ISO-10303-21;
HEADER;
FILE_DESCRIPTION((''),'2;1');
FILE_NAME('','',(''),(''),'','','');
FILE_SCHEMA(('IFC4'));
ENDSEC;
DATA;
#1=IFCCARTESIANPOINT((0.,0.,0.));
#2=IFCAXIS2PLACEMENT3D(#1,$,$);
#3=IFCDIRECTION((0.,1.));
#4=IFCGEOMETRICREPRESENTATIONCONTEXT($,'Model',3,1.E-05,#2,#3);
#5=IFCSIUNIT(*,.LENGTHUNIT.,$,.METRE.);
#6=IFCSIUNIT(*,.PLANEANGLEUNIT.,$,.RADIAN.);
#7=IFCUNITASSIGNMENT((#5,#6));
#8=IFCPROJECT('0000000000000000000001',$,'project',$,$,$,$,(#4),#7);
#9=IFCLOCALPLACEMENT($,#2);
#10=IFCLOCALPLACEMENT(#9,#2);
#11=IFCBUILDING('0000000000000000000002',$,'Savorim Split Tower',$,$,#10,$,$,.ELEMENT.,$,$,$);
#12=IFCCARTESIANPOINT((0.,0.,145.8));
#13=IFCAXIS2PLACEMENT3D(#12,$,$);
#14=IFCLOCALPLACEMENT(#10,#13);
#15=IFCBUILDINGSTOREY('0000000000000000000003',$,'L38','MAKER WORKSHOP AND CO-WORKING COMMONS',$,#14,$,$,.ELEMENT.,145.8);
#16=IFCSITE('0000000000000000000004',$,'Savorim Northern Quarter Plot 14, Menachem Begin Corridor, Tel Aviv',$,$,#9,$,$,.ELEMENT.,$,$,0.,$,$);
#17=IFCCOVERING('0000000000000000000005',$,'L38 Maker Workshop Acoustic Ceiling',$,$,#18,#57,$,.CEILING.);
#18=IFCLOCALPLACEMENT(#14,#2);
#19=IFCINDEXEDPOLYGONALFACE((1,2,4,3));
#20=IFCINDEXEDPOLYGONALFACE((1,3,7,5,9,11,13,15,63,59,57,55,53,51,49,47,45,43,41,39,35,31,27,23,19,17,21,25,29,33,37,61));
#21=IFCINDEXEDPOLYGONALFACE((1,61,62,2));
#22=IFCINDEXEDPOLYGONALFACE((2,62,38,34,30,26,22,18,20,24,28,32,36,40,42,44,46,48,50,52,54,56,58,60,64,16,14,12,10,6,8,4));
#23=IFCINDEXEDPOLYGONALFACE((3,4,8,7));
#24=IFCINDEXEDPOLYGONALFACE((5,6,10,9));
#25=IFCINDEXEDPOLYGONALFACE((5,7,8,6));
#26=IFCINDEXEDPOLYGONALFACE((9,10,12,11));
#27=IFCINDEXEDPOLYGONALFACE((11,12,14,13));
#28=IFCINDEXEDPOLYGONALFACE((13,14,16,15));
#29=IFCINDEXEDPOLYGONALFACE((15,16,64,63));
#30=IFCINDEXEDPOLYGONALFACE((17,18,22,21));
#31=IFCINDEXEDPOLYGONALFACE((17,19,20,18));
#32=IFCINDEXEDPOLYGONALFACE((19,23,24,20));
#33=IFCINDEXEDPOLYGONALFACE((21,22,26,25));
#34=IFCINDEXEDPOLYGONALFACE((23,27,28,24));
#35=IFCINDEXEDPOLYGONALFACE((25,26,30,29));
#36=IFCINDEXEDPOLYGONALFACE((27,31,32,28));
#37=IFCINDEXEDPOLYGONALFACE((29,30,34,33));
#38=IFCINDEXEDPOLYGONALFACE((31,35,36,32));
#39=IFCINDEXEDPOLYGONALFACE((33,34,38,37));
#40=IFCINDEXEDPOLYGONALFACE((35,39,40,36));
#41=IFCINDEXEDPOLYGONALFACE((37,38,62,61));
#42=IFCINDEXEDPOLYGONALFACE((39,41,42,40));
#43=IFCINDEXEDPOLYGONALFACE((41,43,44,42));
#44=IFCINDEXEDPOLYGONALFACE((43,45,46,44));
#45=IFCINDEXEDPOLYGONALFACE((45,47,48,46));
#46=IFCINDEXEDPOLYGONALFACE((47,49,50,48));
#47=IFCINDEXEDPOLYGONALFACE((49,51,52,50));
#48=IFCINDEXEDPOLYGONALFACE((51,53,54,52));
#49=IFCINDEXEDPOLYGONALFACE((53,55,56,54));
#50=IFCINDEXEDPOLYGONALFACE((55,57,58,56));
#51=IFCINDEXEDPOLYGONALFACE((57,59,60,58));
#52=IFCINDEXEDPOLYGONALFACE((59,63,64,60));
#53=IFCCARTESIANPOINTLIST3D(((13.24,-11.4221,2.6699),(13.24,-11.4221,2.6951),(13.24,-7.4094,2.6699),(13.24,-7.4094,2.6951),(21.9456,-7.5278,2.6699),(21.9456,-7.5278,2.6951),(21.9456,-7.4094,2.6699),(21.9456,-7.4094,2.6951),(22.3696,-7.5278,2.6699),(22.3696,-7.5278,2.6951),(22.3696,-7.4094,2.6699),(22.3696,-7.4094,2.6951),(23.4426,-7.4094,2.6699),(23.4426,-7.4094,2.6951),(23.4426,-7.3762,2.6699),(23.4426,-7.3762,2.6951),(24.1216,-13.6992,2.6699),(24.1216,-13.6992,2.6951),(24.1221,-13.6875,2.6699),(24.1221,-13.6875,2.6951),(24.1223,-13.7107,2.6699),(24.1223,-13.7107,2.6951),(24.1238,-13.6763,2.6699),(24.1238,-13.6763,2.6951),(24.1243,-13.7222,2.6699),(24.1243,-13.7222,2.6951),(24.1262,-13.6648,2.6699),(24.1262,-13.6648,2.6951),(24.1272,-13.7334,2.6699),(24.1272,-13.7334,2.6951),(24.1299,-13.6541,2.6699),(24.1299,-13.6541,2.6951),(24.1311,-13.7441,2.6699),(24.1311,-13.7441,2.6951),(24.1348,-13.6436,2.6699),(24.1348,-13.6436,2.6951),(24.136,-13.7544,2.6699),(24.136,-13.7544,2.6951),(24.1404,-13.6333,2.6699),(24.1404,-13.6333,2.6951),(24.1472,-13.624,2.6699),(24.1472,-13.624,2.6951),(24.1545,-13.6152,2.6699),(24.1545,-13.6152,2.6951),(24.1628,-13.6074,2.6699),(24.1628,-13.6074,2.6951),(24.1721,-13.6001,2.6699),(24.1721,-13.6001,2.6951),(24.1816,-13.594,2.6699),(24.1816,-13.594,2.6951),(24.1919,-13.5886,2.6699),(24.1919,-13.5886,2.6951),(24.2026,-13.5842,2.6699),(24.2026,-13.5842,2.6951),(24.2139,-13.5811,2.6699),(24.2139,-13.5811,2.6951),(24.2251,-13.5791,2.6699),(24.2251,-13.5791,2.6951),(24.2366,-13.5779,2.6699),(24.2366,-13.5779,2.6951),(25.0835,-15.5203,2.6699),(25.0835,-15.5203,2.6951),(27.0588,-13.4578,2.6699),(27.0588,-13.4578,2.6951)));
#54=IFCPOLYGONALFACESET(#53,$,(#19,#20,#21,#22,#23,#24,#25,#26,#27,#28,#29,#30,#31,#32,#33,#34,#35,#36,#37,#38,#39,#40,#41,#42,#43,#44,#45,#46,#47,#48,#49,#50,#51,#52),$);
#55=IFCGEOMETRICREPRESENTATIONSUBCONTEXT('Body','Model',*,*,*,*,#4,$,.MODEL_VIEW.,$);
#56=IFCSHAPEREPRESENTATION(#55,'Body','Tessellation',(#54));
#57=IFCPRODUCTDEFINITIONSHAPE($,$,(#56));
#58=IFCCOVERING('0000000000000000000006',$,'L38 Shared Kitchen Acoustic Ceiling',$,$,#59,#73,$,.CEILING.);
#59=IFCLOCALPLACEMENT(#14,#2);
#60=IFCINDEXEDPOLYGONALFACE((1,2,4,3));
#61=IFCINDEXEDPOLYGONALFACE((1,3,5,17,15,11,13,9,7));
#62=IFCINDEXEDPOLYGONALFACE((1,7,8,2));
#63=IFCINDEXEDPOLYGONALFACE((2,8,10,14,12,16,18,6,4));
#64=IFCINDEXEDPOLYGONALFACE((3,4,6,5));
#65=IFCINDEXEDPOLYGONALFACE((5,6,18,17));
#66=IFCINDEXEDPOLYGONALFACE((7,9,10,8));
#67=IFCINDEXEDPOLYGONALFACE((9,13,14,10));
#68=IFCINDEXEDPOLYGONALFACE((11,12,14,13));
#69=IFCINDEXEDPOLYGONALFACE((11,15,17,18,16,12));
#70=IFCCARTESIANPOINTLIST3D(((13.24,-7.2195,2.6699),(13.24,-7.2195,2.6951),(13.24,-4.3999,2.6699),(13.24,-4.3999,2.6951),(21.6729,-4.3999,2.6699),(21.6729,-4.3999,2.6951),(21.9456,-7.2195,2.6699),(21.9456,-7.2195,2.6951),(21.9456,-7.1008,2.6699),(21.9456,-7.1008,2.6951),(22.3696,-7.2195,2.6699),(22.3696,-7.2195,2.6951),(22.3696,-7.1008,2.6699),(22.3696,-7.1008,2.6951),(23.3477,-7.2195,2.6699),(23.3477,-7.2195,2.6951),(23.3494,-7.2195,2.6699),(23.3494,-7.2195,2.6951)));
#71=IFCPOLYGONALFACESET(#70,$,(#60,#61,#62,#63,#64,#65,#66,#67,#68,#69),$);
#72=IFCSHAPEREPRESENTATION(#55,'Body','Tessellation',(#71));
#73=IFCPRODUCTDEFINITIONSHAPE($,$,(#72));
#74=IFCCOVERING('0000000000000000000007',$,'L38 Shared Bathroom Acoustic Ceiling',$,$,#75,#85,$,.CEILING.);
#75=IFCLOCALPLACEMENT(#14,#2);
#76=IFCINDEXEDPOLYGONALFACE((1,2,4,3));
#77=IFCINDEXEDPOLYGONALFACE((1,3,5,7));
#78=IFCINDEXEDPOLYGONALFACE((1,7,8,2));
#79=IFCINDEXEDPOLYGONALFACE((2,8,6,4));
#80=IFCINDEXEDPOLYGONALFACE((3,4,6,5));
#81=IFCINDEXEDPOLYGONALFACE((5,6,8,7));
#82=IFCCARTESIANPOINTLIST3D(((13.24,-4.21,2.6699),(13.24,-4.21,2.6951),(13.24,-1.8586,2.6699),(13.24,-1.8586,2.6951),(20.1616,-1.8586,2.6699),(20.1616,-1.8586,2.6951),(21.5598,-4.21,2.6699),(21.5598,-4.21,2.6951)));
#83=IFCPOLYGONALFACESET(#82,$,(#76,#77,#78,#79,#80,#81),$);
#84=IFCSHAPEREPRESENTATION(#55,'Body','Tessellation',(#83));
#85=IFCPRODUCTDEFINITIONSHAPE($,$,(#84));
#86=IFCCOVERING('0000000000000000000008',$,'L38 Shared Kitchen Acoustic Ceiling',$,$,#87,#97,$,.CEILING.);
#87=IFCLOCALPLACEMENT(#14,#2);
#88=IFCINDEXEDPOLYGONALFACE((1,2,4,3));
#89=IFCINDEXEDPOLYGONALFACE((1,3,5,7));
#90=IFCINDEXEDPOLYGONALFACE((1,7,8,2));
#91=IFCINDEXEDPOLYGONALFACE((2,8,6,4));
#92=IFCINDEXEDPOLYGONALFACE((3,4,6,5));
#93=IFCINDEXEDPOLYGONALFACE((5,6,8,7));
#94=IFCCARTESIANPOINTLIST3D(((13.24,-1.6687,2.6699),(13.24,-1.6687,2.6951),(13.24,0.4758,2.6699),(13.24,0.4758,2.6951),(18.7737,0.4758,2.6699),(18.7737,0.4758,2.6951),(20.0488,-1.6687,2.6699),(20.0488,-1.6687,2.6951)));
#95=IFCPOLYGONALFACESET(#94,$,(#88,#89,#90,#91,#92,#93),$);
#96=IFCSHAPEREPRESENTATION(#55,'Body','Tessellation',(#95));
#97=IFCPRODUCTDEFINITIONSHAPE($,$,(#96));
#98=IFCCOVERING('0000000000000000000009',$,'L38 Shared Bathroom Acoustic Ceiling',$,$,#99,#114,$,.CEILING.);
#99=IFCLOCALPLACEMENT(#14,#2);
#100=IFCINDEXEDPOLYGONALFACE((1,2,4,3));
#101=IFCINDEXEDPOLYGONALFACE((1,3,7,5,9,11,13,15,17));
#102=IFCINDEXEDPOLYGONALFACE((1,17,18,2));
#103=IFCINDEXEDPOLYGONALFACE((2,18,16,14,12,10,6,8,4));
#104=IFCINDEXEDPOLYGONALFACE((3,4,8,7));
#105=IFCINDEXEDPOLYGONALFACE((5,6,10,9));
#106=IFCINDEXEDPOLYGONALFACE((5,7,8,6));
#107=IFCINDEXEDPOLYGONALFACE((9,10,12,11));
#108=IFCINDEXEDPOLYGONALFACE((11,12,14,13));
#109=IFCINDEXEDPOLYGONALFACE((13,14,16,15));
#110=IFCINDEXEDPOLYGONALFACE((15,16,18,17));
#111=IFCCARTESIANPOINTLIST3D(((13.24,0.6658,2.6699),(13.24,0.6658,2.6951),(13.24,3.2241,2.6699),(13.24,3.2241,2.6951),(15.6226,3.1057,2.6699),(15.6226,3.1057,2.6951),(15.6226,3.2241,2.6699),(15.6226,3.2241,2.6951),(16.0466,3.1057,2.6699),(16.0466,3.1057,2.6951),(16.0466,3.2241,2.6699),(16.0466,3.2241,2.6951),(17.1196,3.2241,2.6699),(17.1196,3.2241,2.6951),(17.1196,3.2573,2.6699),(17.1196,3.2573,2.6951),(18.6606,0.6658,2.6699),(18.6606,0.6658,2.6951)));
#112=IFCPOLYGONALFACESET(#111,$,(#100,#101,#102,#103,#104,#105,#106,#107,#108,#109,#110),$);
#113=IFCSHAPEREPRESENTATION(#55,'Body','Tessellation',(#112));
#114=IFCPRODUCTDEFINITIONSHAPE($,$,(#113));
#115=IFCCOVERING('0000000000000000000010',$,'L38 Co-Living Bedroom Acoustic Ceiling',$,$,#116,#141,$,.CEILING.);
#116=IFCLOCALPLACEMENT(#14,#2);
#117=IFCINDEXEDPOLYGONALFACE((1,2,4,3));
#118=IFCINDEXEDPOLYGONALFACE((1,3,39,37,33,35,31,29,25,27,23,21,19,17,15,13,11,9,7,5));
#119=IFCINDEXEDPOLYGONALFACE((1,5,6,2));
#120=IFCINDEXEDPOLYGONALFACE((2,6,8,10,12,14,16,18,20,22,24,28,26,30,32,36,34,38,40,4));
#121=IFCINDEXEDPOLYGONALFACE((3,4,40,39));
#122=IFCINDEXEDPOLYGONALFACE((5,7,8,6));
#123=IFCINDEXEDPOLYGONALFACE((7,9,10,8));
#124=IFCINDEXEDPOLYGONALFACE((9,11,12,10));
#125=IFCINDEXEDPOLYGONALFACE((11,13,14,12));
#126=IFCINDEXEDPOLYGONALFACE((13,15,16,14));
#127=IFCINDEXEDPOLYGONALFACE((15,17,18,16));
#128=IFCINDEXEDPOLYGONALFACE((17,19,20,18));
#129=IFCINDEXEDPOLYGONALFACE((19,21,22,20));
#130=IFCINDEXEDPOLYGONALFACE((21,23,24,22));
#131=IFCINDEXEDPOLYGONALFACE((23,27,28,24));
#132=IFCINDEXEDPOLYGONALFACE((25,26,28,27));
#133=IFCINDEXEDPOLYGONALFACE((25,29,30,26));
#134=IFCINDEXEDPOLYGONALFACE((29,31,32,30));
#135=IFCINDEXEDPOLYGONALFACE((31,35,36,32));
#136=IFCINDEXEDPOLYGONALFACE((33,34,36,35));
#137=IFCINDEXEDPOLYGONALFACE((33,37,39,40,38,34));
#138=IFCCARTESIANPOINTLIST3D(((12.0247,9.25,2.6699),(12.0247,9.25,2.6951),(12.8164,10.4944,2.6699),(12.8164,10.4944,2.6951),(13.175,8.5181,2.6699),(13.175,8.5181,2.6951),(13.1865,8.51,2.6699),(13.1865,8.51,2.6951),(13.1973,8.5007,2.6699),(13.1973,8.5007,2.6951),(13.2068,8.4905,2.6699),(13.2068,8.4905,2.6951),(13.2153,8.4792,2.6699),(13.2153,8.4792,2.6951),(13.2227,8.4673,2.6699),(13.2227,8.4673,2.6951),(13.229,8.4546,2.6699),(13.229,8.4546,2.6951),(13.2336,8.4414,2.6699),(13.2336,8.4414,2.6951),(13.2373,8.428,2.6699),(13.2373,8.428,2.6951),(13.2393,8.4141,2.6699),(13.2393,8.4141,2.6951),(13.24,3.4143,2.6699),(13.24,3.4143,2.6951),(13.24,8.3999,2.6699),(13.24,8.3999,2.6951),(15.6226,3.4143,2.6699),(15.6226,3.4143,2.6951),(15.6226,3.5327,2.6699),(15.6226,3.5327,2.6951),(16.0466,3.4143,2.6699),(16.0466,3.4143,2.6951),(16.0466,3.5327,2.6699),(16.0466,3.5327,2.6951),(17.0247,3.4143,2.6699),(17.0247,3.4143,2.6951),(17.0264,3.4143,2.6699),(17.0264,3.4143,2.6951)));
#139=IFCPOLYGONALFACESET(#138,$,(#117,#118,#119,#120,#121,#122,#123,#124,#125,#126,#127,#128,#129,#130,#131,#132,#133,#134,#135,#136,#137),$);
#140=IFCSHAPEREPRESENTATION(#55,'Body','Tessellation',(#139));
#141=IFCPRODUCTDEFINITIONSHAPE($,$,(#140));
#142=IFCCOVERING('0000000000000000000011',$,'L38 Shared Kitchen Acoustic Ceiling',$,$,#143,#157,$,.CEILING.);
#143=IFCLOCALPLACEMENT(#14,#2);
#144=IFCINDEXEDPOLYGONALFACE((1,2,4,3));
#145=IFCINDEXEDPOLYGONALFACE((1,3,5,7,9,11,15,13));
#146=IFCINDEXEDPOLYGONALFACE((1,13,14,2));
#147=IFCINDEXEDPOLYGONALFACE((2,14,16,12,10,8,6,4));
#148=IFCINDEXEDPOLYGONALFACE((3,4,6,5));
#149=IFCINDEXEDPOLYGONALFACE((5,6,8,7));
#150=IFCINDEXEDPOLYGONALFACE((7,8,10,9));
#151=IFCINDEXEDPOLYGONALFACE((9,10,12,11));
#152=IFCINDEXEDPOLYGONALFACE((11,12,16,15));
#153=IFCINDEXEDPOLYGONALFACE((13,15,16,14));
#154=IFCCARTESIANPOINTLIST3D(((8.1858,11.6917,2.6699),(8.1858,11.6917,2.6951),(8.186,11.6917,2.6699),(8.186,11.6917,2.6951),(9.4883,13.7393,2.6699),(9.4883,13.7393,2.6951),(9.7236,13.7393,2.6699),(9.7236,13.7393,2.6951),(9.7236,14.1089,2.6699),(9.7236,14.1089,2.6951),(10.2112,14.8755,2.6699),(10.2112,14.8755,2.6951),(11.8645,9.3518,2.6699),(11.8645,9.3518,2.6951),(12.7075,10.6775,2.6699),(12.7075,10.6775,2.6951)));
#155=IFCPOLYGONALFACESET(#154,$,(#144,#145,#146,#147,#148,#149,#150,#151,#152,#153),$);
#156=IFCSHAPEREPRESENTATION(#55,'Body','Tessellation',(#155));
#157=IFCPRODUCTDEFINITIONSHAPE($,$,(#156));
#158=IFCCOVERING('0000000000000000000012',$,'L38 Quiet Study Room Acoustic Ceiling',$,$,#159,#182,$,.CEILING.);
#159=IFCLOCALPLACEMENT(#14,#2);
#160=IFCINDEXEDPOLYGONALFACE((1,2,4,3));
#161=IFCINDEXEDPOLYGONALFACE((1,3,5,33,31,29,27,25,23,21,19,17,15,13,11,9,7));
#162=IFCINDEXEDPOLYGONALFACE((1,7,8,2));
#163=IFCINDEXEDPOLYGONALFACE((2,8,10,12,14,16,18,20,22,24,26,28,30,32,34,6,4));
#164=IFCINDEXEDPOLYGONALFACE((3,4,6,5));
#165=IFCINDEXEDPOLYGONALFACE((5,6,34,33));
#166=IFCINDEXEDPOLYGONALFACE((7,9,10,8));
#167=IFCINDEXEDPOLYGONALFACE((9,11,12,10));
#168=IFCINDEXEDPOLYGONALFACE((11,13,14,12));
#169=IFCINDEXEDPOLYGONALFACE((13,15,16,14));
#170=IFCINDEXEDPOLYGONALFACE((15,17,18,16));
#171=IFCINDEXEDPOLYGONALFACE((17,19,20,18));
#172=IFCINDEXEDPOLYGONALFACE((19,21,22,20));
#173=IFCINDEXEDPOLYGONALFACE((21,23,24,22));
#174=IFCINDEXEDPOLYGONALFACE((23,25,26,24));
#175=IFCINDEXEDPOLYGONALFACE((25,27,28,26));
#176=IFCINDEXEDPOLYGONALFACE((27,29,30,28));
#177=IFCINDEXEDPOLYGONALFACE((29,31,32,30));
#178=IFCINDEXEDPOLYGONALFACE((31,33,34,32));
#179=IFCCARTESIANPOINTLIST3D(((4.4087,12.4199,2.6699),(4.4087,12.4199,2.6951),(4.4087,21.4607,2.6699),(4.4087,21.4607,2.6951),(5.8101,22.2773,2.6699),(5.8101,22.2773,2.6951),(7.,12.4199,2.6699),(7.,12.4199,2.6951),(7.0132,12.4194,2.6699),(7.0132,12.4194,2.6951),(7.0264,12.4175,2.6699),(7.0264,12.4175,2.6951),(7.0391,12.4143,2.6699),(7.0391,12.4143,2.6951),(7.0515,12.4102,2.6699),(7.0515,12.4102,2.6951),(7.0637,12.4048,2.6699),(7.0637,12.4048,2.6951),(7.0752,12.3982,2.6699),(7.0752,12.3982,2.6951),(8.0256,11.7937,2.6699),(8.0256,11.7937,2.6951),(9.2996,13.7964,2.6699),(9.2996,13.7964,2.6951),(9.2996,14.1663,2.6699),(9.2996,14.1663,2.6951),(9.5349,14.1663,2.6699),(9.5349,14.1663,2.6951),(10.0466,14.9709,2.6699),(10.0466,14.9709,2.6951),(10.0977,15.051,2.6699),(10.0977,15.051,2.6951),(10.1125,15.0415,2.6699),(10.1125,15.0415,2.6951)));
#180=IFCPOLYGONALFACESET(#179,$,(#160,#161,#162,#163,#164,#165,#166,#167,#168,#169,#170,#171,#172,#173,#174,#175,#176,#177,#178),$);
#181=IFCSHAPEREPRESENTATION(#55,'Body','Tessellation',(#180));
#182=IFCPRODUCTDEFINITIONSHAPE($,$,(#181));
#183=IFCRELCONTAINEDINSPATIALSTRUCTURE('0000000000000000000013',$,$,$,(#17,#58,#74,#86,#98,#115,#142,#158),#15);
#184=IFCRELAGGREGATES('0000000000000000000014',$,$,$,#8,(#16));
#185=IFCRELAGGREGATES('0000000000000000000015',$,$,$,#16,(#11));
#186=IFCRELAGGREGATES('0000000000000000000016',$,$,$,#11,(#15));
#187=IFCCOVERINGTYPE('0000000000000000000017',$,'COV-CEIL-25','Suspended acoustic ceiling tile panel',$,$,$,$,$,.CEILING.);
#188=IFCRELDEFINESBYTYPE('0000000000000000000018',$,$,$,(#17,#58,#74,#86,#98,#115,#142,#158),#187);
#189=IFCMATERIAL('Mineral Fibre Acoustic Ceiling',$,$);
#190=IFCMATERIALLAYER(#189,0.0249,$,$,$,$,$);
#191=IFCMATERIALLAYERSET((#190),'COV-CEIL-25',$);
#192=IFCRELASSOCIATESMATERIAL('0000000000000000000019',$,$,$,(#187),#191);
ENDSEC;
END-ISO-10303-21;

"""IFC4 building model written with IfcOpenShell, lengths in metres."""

from ifc_helpers import new_model, si_unit, direction, frame, origin, place, context, subcontext, project, spatial, polyline, outline, extrude, material, layer, layer_set, type_object, element, save


model = new_model("IFC4")

# Units and contexts
model_context = context("Model", 3, precision=1e-05, world=origin(), true_north=direction((0.0, 1.0)))
body_context = subcontext(model_context, "Body", "Model", "MODEL_VIEW")
ifc_project = project(units=[si_unit("LENGTHUNIT", "METRE"), si_unit("PLANEANGLEUNIT", "RADIAN")], contexts=[model_context])

# Site, building, storey
site_placement = place(None, origin())
site = spatial("IfcSite", under=ifc_project, at=site_placement, Name="Savorim Northern Quarter Plot 14, Menachem Begin Corridor, Tel Aviv", CompositionType="ELEMENT", RefElevation=0.0)
building_placement = place(site_placement, origin())
building = spatial("IfcBuilding", under=site, at=building_placement, Name="Savorim Split Tower", CompositionType="ELEMENT")
storey_placement = place(building_placement, frame((0.0, 0.0, 145.8)))
storey = spatial("IfcBuildingStorey", under=building, at=storey_placement, Name="L38", Description="MAKER WORKSHOP AND CO-WORKING COMMONS", CompositionType="ELEMENT", Elevation=145.8)

# Coverings
ifc_material_1 = material(Name="Mineral Fibre Acoustic Ceiling")
ifc_layer_1 = layer(ifc_material_1, 0.0249)
ifc_layer_set_1 = layer_set([ifc_layer_1], Name="COV-CEIL-25")
covering_type_1 = type_object("IfcCoveringType", Name="COV-CEIL-25", Description="Suspended acoustic ceiling tile panel", PredefinedType="CEILING", material=ifc_layer_set_1)
covering_1_placement = place(storey_placement, frame((0.0, 0.0, 2.6699)))
element("IfcCovering", 1, at=covering_1_placement, inside=storey, type_object=covering_type_1, Name="L38 Maker Workshop Acoustic Ceiling", PredefinedType="CEILING", context=body_context, shape_type="SweptSolid", body=[
    extrude(outline(polyline([(24.2139, -13.5811), (24.2251, -13.5791), (24.2366, -13.5779), (27.0588, -13.4578), (23.4426, -7.3762), (23.4426, -7.4094), (22.3696, -7.4094), (22.3696, -7.5278), (21.9456, -7.5278), (21.9456, -7.4094), (13.24, -7.4094), (13.24, -11.4221), (25.0835, -15.5203), (24.136, -13.7544), (24.1311, -13.7441), (24.1272, -13.7334), (24.1243, -13.7222), (24.1223, -13.7107), (24.1216, -13.6992), (24.1221, -13.6875), (24.1238, -13.6763), (24.1262, -13.6648), (24.1299, -13.6541), (24.1348, -13.6436), (24.1404, -13.6333), (24.1472, -13.624), (24.1545, -13.6152), (24.1628, -13.6074), (24.1721, -13.6001), (24.1816, -13.594), (24.1919, -13.5886), (24.2026, -13.5842), (24.2139, -13.5811)])), origin(), (0.0, 0.0, 1.0), 0.0251),
])
covering_2_placement = place(storey_placement, frame((0.0, 0.0, 2.6699)))
element("IfcCovering", 2, at=covering_2_placement, inside=storey, type_object=covering_type_1, Name="L38 Shared Kitchen Acoustic Ceiling", PredefinedType="CEILING", context=body_context, shape_type="SweptSolid", body=[
    extrude(outline(polyline([(22.3696, -7.1008), (22.3696, -7.2195), (23.3477, -7.2195), (23.3494, -7.2195), (21.6729, -4.3999), (13.24, -4.3999), (13.24, -7.2195), (21.9456, -7.2195), (21.9456, -7.1008), (22.3696, -7.1008)])), origin(), (0.0, 0.0, 1.0), 0.0251),
])
covering_3_placement = place(storey_placement, frame((0.0, 0.0, 2.6699)))
element("IfcCovering", 3, at=covering_3_placement, inside=storey, type_object=covering_type_1, Name="L38 Shared Bathroom Acoustic Ceiling", PredefinedType="CEILING", context=body_context, shape_type="SweptSolid", body=[
    extrude(outline(polyline([(21.5598, -4.21), (20.1616, -1.8586), (13.24, -1.8586), (13.24, -4.21), (21.5598, -4.21)])), origin(), (0.0, 0.0, 1.0), 0.0251),
])
covering_4_placement = place(storey_placement, frame((0.0, 0.0, 2.6699)))
element("IfcCovering", 4, at=covering_4_placement, inside=storey, type_object=covering_type_1, Name="L38 Shared Kitchen Acoustic Ceiling", PredefinedType="CEILING", context=body_context, shape_type="SweptSolid", body=[
    extrude(outline(polyline([(20.0488, -1.6687), (18.7737, 0.4758), (13.24, 0.4758), (13.24, -1.6687), (20.0488, -1.6687)])), origin(), (0.0, 0.0, 1.0), 0.0251),
])
covering_5_placement = place(storey_placement, frame((0.0, 0.0, 2.6699)))
element("IfcCovering", 5, at=covering_5_placement, inside=storey, type_object=covering_type_1, Name="L38 Shared Bathroom Acoustic Ceiling", PredefinedType="CEILING", context=body_context, shape_type="SweptSolid", body=[
    extrude(outline(polyline([(15.6226, 3.1057), (15.6226, 3.2241), (13.24, 3.2241), (13.24, 0.6658), (18.6606, 0.6658), (17.1196, 3.2573), (17.1196, 3.2241), (16.0466, 3.2241), (16.0466, 3.1057), (15.6226, 3.1057)])), origin(), (0.0, 0.0, 1.0), 0.0251),
])
covering_6_placement = place(storey_placement, frame((0.0, 0.0, 2.6699)))
element("IfcCovering", 6, at=covering_6_placement, inside=storey, type_object=covering_type_1, Name="L38 Co-Living Bedroom Acoustic Ceiling", PredefinedType="CEILING", context=body_context, shape_type="SweptSolid", body=[
    extrude(outline(polyline([(16.0466, 3.5327), (16.0466, 3.4143), (17.0247, 3.4143), (17.0264, 3.4143), (12.8164, 10.4944), (12.0247, 9.25), (13.175, 8.5181), (13.1865, 8.51), (13.1973, 8.5007), (13.2068, 8.4905), (13.2153, 8.4792), (13.2227, 8.4673), (13.229, 8.4546), (13.2336, 8.4414), (13.2373, 8.428), (13.2393, 8.4141), (13.24, 8.3999), (13.24, 3.4143), (15.6226, 3.4143), (15.6226, 3.5327), (16.0466, 3.5327)])), origin(), (0.0, 0.0, 1.0), 0.0251),
])
covering_7_placement = place(storey_placement, frame((0.0, 0.0, 2.6699)))
element("IfcCovering", 7, at=covering_7_placement, inside=storey, type_object=covering_type_1, Name="L38 Shared Kitchen Acoustic Ceiling", PredefinedType="CEILING", context=body_context, shape_type="SweptSolid", body=[
    extrude(outline(polyline([(9.4883, 13.7393), (8.186, 11.6917), (8.1858, 11.6917), (11.8645, 9.3518), (12.7075, 10.6775), (10.2112, 14.8755), (9.7236, 14.1089), (9.7236, 13.7393), (9.4883, 13.7393)])), origin(), (0.0, 0.0, 1.0), 0.0251),
])
covering_8_placement = place(storey_placement, frame((0.0, 0.0, 2.6699)))
element("IfcCovering", 8, at=covering_8_placement, inside=storey, type_object=covering_type_1, Name="L38 Quiet Study Room Acoustic Ceiling", PredefinedType="CEILING", context=body_context, shape_type="SweptSolid", body=[
    extrude(outline(polyline([(10.0977, 15.051), (10.1125, 15.0415), (5.8101, 22.2773), (4.4087, 21.4607), (4.4087, 12.4199), (7.0, 12.4199), (7.0132, 12.4194), (7.0264, 12.4175), (7.0391, 12.4143), (7.0515, 12.4102), (7.0637, 12.4048), (7.0752, 12.3982), (8.0256, 11.7937), (9.2996, 13.7964), (9.2996, 14.1663), (9.5349, 14.1663), (10.0466, 14.9709), (10.0977, 15.051)])), origin(), (0.0, 0.0, 1.0), 0.0251),
])

save(model, "model.ifc")
